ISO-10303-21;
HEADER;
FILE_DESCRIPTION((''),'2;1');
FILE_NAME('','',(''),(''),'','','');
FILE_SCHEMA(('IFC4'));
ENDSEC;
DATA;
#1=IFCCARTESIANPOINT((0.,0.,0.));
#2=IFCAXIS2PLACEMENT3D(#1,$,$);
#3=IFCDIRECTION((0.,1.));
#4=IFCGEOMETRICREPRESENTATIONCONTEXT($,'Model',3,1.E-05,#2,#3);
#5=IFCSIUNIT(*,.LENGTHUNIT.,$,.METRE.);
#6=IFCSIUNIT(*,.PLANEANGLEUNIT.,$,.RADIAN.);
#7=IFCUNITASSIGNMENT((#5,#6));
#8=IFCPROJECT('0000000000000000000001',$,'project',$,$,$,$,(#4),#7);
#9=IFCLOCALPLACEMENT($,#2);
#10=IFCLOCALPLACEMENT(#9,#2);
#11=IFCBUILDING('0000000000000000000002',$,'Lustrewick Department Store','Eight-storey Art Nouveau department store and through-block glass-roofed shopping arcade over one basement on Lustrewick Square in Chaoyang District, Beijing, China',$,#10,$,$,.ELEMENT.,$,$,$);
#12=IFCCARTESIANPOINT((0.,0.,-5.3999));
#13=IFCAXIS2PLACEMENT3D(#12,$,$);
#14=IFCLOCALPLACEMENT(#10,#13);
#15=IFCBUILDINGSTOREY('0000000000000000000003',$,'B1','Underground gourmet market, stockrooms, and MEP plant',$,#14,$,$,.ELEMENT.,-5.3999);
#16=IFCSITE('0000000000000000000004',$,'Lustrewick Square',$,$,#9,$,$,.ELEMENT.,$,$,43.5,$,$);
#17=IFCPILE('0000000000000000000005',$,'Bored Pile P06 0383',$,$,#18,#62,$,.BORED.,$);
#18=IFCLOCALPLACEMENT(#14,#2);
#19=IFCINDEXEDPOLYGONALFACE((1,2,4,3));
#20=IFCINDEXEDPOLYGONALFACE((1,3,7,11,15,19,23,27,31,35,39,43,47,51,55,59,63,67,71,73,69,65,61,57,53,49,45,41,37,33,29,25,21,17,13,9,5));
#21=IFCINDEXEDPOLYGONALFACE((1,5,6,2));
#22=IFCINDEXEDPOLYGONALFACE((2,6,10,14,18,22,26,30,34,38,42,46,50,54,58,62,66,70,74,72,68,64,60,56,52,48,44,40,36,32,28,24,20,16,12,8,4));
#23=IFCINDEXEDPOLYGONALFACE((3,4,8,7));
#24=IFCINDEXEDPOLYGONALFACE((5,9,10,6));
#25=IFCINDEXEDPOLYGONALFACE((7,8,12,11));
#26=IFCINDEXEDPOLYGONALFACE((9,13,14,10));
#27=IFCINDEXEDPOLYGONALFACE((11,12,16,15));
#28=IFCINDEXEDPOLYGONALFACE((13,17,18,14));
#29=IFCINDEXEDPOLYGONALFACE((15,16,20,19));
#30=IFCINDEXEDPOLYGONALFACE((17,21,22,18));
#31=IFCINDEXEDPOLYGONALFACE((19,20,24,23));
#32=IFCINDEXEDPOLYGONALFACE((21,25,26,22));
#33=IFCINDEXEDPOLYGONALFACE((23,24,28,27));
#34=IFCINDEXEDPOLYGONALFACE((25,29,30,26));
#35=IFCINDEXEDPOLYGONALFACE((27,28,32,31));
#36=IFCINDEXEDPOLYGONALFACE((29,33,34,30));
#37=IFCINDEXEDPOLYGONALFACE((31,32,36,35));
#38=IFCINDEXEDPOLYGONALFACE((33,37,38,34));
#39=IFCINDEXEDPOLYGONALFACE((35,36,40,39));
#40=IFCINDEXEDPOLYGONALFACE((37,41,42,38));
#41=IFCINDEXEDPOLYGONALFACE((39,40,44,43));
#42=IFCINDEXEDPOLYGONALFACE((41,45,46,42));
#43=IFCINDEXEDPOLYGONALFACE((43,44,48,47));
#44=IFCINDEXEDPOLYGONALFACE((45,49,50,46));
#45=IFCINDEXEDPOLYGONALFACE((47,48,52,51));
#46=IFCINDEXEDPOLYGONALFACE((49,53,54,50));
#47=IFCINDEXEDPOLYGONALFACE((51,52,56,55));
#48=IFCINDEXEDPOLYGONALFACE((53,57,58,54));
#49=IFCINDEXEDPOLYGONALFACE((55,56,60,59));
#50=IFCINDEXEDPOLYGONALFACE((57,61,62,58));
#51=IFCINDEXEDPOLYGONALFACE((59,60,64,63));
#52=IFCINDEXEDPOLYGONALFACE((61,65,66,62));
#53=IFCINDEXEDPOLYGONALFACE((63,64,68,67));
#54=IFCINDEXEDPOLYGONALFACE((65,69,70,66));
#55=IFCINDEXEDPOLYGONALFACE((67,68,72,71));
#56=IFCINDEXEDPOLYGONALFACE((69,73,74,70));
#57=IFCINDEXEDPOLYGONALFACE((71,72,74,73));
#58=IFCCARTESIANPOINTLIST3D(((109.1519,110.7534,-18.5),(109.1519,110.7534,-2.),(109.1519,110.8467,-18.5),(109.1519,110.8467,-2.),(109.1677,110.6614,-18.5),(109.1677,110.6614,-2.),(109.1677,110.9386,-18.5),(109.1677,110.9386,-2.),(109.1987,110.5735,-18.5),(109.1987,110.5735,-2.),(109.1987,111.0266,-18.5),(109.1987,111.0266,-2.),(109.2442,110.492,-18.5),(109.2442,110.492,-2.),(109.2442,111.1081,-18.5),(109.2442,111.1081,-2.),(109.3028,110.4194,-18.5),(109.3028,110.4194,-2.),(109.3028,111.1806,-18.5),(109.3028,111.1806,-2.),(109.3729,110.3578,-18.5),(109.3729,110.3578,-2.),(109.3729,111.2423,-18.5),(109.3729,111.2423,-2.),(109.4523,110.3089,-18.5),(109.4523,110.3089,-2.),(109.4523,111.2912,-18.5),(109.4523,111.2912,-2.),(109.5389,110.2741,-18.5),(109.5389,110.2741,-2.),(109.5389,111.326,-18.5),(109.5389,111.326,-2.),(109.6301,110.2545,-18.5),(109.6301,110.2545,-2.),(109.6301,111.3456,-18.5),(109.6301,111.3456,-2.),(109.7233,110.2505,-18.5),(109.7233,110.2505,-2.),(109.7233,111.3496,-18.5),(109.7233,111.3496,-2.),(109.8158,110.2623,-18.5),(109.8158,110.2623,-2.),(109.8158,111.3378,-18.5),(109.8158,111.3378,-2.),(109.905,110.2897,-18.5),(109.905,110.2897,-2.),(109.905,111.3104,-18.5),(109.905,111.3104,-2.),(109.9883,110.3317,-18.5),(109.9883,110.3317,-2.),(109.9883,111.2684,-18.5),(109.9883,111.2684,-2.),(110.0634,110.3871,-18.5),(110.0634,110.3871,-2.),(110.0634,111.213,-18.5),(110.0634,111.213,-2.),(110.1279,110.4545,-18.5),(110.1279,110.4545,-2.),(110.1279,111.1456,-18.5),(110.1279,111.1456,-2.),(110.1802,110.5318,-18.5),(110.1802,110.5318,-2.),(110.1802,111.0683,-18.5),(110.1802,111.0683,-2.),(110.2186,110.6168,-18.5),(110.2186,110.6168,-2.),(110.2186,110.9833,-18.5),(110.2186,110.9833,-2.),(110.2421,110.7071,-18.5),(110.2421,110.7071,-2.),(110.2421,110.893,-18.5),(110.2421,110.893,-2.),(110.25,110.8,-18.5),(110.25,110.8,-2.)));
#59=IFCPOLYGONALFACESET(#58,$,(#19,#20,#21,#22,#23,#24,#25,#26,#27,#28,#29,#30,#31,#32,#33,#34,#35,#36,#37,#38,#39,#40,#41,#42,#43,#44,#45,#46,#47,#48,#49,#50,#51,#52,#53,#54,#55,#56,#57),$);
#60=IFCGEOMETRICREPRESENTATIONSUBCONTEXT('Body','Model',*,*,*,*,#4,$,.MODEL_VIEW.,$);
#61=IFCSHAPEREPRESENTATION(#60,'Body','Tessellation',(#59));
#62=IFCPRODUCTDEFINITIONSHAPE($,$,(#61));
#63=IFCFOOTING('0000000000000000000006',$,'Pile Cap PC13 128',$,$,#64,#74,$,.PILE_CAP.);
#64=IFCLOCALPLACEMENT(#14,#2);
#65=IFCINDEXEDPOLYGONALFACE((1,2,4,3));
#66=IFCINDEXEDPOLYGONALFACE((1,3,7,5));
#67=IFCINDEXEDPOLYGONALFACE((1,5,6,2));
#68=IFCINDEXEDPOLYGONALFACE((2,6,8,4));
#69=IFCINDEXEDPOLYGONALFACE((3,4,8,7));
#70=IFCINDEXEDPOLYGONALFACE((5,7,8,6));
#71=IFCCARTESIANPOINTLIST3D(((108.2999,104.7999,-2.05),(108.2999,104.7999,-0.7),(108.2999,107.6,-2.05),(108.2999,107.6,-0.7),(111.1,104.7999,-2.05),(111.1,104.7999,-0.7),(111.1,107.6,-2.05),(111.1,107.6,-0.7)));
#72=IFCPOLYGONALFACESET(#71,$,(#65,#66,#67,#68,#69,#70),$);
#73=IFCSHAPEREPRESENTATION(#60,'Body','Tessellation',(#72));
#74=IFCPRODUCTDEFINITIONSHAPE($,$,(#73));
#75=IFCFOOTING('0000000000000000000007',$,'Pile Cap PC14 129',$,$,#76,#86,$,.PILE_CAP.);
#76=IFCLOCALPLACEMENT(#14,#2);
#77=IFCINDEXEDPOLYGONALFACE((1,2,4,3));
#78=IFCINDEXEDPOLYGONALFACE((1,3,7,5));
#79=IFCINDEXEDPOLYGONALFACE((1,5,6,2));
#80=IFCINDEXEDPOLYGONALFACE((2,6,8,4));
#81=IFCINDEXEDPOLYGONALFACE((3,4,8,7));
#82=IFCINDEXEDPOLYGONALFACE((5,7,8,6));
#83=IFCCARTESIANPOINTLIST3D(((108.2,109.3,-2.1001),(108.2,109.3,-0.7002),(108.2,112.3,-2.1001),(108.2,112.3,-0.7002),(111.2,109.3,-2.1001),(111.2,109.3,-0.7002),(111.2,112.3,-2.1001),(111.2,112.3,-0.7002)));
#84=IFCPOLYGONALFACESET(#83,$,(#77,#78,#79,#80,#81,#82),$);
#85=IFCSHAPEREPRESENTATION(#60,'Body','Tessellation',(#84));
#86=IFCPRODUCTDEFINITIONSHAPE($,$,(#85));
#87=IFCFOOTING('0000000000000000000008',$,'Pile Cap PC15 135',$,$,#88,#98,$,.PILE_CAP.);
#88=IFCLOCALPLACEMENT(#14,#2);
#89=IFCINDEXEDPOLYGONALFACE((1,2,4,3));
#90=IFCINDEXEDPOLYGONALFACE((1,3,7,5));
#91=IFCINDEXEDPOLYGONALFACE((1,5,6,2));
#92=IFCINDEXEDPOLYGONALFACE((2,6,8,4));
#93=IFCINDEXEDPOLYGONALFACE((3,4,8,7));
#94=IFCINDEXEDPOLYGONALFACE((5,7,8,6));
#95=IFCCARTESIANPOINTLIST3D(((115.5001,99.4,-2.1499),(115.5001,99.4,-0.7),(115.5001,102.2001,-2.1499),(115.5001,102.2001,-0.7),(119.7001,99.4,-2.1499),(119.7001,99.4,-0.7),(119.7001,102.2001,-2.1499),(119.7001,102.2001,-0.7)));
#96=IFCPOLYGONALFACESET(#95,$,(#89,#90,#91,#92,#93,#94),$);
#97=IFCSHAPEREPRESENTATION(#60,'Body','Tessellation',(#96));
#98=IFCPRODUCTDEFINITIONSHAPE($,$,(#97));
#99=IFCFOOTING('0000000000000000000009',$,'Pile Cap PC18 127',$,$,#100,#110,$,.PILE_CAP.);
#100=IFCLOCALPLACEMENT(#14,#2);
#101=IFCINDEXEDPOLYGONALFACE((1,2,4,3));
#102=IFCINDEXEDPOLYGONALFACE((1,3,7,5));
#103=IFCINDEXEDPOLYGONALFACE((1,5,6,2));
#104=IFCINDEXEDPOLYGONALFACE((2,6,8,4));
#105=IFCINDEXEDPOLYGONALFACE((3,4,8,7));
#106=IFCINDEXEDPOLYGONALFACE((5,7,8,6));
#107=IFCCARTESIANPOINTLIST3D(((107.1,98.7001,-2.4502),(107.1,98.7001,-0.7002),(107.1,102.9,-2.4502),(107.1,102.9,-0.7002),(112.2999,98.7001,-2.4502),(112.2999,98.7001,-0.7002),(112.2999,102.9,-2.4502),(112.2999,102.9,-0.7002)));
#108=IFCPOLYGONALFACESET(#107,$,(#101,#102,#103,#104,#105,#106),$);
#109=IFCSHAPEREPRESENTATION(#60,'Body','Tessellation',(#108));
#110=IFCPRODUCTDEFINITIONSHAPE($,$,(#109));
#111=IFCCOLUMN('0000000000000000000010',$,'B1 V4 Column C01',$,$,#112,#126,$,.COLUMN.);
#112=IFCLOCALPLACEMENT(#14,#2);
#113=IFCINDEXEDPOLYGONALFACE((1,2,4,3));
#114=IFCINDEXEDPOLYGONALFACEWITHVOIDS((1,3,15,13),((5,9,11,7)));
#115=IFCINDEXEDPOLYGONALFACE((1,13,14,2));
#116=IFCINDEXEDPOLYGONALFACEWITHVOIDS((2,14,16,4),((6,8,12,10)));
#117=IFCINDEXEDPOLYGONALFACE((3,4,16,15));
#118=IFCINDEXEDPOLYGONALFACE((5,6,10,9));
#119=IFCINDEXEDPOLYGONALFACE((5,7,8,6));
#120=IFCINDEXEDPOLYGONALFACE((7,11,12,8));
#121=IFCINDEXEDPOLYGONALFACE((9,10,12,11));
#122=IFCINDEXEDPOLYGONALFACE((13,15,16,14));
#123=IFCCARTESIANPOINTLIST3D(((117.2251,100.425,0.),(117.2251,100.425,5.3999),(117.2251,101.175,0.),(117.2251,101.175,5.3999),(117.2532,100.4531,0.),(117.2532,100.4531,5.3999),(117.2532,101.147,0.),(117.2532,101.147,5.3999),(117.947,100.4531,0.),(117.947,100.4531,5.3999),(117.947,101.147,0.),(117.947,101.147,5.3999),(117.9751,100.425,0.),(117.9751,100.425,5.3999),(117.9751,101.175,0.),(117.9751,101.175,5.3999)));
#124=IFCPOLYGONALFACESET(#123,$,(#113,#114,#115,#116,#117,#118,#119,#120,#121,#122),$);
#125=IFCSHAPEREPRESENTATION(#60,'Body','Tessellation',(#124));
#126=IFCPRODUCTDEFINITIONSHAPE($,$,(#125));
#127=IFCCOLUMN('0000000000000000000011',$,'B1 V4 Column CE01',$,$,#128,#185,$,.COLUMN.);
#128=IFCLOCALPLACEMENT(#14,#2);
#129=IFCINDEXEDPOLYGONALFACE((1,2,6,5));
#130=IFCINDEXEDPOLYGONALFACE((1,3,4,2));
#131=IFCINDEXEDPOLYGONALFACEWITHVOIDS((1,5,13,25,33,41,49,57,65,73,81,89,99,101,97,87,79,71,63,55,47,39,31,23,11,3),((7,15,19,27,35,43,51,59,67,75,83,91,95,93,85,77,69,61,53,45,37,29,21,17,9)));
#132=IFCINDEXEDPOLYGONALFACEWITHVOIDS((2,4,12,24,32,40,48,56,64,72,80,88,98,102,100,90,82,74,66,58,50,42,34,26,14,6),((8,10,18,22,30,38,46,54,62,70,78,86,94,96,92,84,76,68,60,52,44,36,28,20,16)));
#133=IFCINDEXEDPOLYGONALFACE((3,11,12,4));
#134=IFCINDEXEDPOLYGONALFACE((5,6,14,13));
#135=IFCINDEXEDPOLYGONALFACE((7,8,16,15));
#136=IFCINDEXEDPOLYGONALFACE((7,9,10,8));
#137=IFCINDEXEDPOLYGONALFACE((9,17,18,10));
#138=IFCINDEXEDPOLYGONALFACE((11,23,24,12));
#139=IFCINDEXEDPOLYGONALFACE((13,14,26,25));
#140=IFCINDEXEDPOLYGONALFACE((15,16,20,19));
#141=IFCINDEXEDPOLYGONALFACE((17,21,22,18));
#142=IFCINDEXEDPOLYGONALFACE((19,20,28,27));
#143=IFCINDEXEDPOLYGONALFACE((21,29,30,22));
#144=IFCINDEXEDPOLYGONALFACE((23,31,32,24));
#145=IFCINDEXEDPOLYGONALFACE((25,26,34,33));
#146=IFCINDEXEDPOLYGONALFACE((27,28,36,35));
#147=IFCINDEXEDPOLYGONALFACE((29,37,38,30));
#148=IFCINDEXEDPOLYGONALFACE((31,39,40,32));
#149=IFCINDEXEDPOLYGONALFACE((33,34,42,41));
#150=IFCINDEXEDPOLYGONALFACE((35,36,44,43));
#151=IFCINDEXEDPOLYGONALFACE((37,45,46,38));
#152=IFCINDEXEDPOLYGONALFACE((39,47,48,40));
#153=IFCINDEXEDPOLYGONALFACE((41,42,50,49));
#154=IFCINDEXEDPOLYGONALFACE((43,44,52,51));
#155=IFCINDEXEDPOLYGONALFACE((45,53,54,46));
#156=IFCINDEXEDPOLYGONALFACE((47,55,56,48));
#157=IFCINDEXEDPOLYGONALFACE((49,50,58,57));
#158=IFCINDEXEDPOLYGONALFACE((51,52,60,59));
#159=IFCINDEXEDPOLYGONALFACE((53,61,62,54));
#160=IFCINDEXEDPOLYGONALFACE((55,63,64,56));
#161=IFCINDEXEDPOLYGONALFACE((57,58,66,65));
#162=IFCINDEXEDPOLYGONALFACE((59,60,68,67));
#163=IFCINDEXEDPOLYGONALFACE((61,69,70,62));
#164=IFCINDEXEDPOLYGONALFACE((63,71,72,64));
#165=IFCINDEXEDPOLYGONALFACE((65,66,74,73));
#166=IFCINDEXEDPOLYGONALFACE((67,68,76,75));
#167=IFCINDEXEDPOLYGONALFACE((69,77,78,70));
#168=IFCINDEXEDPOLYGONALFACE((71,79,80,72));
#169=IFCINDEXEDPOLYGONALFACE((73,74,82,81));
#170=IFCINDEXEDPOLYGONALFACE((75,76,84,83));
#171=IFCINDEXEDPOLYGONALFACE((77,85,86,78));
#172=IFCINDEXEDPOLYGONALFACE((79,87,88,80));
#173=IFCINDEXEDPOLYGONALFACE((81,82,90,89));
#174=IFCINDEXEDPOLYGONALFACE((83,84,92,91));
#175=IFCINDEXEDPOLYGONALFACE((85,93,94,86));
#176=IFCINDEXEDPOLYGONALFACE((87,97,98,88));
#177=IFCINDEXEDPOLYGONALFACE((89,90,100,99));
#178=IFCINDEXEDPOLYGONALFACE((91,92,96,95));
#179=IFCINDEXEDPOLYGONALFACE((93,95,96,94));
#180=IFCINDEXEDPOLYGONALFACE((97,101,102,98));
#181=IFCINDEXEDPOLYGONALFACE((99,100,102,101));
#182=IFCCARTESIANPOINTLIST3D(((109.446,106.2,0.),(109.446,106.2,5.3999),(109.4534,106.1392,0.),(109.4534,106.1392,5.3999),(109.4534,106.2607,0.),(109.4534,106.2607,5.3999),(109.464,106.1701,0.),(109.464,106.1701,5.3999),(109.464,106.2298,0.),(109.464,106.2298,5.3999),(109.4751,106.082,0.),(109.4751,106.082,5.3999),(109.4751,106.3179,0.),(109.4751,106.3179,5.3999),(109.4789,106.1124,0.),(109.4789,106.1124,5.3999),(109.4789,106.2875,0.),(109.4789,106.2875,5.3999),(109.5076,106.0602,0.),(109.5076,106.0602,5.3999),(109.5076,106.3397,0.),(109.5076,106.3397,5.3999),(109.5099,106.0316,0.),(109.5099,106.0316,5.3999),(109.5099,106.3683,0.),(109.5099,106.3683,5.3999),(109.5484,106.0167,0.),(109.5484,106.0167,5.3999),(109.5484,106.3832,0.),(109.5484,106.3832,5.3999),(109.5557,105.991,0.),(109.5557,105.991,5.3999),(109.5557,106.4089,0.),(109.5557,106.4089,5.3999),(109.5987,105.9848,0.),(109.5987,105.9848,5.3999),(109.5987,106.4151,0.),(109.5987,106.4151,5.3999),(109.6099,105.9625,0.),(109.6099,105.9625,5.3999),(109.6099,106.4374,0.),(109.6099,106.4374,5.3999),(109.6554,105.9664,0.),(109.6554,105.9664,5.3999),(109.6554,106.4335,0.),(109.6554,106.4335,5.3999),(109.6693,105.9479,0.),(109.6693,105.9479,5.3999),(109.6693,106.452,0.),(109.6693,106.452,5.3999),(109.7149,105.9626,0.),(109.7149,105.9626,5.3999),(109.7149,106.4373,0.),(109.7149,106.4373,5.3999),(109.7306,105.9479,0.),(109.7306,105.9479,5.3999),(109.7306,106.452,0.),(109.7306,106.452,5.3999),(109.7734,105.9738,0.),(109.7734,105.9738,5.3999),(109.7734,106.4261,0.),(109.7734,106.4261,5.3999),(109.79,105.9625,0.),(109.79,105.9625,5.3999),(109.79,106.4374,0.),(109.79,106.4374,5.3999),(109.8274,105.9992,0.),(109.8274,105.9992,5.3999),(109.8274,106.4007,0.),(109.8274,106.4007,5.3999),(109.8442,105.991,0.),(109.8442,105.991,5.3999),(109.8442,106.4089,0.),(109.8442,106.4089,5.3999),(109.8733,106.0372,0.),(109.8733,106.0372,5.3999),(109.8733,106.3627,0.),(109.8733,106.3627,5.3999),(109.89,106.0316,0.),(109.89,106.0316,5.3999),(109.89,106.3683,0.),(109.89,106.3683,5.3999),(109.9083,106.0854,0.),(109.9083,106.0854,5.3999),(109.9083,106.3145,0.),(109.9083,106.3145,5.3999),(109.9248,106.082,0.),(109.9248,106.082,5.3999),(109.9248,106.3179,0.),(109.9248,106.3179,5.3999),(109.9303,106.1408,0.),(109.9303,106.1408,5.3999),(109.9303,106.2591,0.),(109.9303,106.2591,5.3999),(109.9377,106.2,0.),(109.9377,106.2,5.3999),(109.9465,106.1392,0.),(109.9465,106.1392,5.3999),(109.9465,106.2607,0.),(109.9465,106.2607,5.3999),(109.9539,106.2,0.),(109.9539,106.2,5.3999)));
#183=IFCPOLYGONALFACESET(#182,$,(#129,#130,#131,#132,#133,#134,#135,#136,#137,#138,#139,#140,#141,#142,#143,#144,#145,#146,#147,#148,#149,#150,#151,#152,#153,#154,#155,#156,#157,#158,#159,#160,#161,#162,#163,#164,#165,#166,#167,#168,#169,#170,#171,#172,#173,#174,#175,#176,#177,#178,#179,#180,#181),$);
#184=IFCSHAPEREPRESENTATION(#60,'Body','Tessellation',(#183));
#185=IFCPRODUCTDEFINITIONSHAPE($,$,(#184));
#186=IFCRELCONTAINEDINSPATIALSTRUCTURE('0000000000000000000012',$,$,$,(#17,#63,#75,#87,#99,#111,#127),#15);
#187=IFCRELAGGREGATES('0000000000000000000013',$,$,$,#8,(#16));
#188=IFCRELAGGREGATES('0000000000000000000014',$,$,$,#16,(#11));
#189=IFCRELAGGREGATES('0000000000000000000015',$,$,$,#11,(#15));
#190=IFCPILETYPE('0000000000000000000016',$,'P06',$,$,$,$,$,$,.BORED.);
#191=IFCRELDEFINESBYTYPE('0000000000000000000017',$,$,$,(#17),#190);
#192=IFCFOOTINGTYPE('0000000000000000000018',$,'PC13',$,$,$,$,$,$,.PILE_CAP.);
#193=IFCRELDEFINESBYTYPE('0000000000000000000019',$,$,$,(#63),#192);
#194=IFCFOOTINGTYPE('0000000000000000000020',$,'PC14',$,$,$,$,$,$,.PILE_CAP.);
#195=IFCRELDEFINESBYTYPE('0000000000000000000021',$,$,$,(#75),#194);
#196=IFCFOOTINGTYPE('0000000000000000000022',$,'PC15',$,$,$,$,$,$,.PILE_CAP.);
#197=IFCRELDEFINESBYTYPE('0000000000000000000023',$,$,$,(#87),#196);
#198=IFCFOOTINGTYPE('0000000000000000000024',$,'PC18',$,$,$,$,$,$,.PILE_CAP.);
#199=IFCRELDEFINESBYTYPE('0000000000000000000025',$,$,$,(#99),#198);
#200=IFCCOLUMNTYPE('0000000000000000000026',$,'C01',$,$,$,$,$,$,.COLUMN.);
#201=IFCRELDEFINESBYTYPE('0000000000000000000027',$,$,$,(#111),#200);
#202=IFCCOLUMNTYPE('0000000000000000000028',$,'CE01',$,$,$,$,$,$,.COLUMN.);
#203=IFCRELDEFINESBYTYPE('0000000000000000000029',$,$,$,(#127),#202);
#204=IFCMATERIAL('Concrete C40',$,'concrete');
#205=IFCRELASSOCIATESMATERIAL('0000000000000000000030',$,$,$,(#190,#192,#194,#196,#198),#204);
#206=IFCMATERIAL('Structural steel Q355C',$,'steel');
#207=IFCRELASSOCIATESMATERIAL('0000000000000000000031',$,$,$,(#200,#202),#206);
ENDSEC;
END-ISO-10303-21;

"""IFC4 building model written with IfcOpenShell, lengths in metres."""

from ifc_helpers import new_model, si_unit, direction, frame, origin, origin_2d, place, context, subcontext, project, spatial, rectangle, hollow_rectangle, circle, hollow_circle, extrude, material, material_profile, profile_set, type_object, element, save


model = new_model("IFC4")

# Units and contexts
model_context = context("Model", 3, precision=1e-05, world=origin(), true_north=direction((0.0, 1.0)))
body_context = subcontext(model_context, "Body", "Model", "MODEL_VIEW")
ifc_project = project(units=[si_unit("LENGTHUNIT", "METRE"), si_unit("PLANEANGLEUNIT", "RADIAN")], contexts=[model_context])

# Site, building, storey
site_placement = place(None, origin())
site = spatial("IfcSite", under=ifc_project, at=site_placement, Name="Lustrewick Square", CompositionType="ELEMENT", RefElevation=43.5)
building_placement = place(site_placement, origin())
building = spatial("IfcBuilding", under=site, at=building_placement, Name="Lustrewick Department Store", Description="Eight-storey Art Nouveau department store and through-block glass-roofed shopping arcade over one basement on Lustrewick Square in Chaoyang District, Beijing, China", CompositionType="ELEMENT")
storey_placement = place(building_placement, frame((0.0, 0.0, -5.3999)))
storey = spatial("IfcBuildingStorey", under=building, at=storey_placement, Name="B1", Description="Underground gourmet market, stockrooms, and MEP plant", CompositionType="ELEMENT", Elevation=-5.3999)

# Pile
ifc_material_1 = material(Name="Concrete C40", Category="concrete")
ifc_material_profile_1 = material_profile(ifc_material_1, circle(Radius=0.55, at=origin_2d()), Name="PILE D1100")
ifc_profile_set_1 = profile_set([ifc_material_profile_1], Name="Concrete C40")
pile_type_1 = type_object("IfcPileType", Name="P06", PredefinedType="BORED", material=ifc_profile_set_1)
for number, where, z_axis, x_axis, name in (
    (1, (109.7, 110.8, -2.0), (0.0, 0.0, -1.0), (1.0, 0.0, 0.0), "Bored Pile P06 0383"),
):
    element("IfcPile", number, at=place(storey_placement, frame(where, z_axis=z_axis, x_axis=x_axis)), inside=storey, type_object=pile_type_1, Name=name, PredefinedType="BORED", context=body_context, shape_type="SweptSolid", body=[
        extrude(circle(Radius=0.55, at=origin_2d()), origin(), (0.0, 0.0, 1.0), 16.5),
    ])

# Footings
footing_type_1 = type_object("IfcFootingType", Name="PC13", PredefinedType="PILE_CAP", material=ifc_material_1)
footing_1_placement = place(storey_placement, frame((109.7, 106.2, -2.05), z_axis=(0.0, 0.0, 1.0), x_axis=(1.0, 0.0, 0.0)))
element("IfcFooting", 2, at=footing_1_placement, inside=storey, type_object=footing_type_1, Name="Pile Cap PC13 128", PredefinedType="PILE_CAP", context=body_context, shape_type="SweptSolid", body=[
    extrude(rectangle(XDim=2.8, YDim=2.8, at=origin_2d()), origin(), (0.0, 0.0, 1.0), 1.3501),
])
footing_type_2 = type_object("IfcFootingType", Name="PC14", PredefinedType="PILE_CAP", material=ifc_material_1)
footing_2_placement = place(storey_placement, frame((109.7, 110.8, -2.1001), z_axis=(0.0, 0.0, 1.0), x_axis=(1.0, 0.0, 0.0)))
element("IfcFooting", 3, at=footing_2_placement, inside=storey, type_object=footing_type_2, Name="Pile Cap PC14 129", PredefinedType="PILE_CAP", context=body_context, shape_type="SweptSolid", body=[
    extrude(rectangle(XDim=3.0, YDim=3.0, at=origin_2d()), origin(), (0.0, 0.0, 1.0), 1.3999),
])
footing_type_3 = type_object("IfcFootingType", Name="PC15", PredefinedType="PILE_CAP", material=ifc_material_1)
footing_3_placement = place(storey_placement, frame((117.6001, 100.8, -2.1499), z_axis=(0.0, 0.0, 1.0), x_axis=(1.0, 0.0, 0.0)))
element("IfcFooting", 4, at=footing_3_placement, inside=storey, type_object=footing_type_3, Name="Pile Cap PC15 135", PredefinedType="PILE_CAP", context=body_context, shape_type="SweptSolid", body=[
    extrude(rectangle(XDim=4.2, YDim=2.8, at=origin_2d()), origin(), (0.0, 0.0, 1.0), 1.45),
])
footing_type_4 = type_object("IfcFootingType", Name="PC18", PredefinedType="PILE_CAP", material=ifc_material_1)
footing_4_placement = place(storey_placement, frame((109.7, 100.8, -2.4502), z_axis=(0.0, 0.0, 1.0), x_axis=(1.0, 0.0, 0.0)))
element("IfcFooting", 5, at=footing_4_placement, inside=storey, type_object=footing_type_4, Name="Pile Cap PC18 127", PredefinedType="PILE_CAP", context=body_context, shape_type="SweptSolid", body=[
    extrude(rectangle(XDim=5.2, YDim=4.2, at=origin_2d()), origin(), (0.0, 0.0, 1.0), 1.75),
])

# Columns
ifc_material_2 = material(Name="Structural steel Q355C", Category="steel")
ifc_material_profile_2 = material_profile(ifc_material_2, hollow_rectangle(XDim=0.75, YDim=0.75, WallThickness=0.0281, at=origin_2d()), Name="BOX 750x750x28")
ifc_profile_set_2 = profile_set([ifc_material_profile_2], Name="Structural steel Q355C")
column_type_1 = type_object("IfcColumnType", Name="C01", PredefinedType="COLUMN", material=ifc_profile_set_2)
column_1_placement = place(storey_placement, frame((117.6001, 100.8, 0.0), z_axis=(0.0, 0.0, 1.0), x_axis=(1.0, 0.0, 0.0)))
element("IfcColumn", 6, at=column_1_placement, inside=storey, type_object=column_type_1, Name="B1 V4 Column C01", PredefinedType="COLUMN", context=body_context, shape_type="SweptSolid", body=[
    extrude(hollow_rectangle(XDim=0.75, YDim=0.75, WallThickness=0.0281, at=origin_2d()), origin(), (0.0, 0.0, 1.0), 5.3999),
])
ifc_material_profile_3 = material_profile(ifc_material_2, hollow_circle(Radius=0.2539, WallThickness=0.0161, at=origin_2d()), Name="CHS 508x16")
ifc_profile_set_3 = profile_set([ifc_material_profile_3], Name="Structural steel Q355C")
column_type_2 = type_object("IfcColumnType", Name="CE01", PredefinedType="COLUMN", material=ifc_profile_set_3)
column_2_placement = place(storey_placement, frame((109.7, 106.2, 0.0), z_axis=(0.0, 0.0, 1.0), x_axis=(1.0, 0.0, 0.0)))
element("IfcColumn", 7, at=column_2_placement, inside=storey, type_object=column_type_2, Name="B1 V4 Column CE01", PredefinedType="COLUMN", context=body_context, shape_type="SweptSolid", body=[
    extrude(hollow_circle(Radius=0.2539, WallThickness=0.0161, at=origin_2d()), origin(), (0.0, 0.0, 1.0), 5.3999),
])

save(model, "model.ifc")
